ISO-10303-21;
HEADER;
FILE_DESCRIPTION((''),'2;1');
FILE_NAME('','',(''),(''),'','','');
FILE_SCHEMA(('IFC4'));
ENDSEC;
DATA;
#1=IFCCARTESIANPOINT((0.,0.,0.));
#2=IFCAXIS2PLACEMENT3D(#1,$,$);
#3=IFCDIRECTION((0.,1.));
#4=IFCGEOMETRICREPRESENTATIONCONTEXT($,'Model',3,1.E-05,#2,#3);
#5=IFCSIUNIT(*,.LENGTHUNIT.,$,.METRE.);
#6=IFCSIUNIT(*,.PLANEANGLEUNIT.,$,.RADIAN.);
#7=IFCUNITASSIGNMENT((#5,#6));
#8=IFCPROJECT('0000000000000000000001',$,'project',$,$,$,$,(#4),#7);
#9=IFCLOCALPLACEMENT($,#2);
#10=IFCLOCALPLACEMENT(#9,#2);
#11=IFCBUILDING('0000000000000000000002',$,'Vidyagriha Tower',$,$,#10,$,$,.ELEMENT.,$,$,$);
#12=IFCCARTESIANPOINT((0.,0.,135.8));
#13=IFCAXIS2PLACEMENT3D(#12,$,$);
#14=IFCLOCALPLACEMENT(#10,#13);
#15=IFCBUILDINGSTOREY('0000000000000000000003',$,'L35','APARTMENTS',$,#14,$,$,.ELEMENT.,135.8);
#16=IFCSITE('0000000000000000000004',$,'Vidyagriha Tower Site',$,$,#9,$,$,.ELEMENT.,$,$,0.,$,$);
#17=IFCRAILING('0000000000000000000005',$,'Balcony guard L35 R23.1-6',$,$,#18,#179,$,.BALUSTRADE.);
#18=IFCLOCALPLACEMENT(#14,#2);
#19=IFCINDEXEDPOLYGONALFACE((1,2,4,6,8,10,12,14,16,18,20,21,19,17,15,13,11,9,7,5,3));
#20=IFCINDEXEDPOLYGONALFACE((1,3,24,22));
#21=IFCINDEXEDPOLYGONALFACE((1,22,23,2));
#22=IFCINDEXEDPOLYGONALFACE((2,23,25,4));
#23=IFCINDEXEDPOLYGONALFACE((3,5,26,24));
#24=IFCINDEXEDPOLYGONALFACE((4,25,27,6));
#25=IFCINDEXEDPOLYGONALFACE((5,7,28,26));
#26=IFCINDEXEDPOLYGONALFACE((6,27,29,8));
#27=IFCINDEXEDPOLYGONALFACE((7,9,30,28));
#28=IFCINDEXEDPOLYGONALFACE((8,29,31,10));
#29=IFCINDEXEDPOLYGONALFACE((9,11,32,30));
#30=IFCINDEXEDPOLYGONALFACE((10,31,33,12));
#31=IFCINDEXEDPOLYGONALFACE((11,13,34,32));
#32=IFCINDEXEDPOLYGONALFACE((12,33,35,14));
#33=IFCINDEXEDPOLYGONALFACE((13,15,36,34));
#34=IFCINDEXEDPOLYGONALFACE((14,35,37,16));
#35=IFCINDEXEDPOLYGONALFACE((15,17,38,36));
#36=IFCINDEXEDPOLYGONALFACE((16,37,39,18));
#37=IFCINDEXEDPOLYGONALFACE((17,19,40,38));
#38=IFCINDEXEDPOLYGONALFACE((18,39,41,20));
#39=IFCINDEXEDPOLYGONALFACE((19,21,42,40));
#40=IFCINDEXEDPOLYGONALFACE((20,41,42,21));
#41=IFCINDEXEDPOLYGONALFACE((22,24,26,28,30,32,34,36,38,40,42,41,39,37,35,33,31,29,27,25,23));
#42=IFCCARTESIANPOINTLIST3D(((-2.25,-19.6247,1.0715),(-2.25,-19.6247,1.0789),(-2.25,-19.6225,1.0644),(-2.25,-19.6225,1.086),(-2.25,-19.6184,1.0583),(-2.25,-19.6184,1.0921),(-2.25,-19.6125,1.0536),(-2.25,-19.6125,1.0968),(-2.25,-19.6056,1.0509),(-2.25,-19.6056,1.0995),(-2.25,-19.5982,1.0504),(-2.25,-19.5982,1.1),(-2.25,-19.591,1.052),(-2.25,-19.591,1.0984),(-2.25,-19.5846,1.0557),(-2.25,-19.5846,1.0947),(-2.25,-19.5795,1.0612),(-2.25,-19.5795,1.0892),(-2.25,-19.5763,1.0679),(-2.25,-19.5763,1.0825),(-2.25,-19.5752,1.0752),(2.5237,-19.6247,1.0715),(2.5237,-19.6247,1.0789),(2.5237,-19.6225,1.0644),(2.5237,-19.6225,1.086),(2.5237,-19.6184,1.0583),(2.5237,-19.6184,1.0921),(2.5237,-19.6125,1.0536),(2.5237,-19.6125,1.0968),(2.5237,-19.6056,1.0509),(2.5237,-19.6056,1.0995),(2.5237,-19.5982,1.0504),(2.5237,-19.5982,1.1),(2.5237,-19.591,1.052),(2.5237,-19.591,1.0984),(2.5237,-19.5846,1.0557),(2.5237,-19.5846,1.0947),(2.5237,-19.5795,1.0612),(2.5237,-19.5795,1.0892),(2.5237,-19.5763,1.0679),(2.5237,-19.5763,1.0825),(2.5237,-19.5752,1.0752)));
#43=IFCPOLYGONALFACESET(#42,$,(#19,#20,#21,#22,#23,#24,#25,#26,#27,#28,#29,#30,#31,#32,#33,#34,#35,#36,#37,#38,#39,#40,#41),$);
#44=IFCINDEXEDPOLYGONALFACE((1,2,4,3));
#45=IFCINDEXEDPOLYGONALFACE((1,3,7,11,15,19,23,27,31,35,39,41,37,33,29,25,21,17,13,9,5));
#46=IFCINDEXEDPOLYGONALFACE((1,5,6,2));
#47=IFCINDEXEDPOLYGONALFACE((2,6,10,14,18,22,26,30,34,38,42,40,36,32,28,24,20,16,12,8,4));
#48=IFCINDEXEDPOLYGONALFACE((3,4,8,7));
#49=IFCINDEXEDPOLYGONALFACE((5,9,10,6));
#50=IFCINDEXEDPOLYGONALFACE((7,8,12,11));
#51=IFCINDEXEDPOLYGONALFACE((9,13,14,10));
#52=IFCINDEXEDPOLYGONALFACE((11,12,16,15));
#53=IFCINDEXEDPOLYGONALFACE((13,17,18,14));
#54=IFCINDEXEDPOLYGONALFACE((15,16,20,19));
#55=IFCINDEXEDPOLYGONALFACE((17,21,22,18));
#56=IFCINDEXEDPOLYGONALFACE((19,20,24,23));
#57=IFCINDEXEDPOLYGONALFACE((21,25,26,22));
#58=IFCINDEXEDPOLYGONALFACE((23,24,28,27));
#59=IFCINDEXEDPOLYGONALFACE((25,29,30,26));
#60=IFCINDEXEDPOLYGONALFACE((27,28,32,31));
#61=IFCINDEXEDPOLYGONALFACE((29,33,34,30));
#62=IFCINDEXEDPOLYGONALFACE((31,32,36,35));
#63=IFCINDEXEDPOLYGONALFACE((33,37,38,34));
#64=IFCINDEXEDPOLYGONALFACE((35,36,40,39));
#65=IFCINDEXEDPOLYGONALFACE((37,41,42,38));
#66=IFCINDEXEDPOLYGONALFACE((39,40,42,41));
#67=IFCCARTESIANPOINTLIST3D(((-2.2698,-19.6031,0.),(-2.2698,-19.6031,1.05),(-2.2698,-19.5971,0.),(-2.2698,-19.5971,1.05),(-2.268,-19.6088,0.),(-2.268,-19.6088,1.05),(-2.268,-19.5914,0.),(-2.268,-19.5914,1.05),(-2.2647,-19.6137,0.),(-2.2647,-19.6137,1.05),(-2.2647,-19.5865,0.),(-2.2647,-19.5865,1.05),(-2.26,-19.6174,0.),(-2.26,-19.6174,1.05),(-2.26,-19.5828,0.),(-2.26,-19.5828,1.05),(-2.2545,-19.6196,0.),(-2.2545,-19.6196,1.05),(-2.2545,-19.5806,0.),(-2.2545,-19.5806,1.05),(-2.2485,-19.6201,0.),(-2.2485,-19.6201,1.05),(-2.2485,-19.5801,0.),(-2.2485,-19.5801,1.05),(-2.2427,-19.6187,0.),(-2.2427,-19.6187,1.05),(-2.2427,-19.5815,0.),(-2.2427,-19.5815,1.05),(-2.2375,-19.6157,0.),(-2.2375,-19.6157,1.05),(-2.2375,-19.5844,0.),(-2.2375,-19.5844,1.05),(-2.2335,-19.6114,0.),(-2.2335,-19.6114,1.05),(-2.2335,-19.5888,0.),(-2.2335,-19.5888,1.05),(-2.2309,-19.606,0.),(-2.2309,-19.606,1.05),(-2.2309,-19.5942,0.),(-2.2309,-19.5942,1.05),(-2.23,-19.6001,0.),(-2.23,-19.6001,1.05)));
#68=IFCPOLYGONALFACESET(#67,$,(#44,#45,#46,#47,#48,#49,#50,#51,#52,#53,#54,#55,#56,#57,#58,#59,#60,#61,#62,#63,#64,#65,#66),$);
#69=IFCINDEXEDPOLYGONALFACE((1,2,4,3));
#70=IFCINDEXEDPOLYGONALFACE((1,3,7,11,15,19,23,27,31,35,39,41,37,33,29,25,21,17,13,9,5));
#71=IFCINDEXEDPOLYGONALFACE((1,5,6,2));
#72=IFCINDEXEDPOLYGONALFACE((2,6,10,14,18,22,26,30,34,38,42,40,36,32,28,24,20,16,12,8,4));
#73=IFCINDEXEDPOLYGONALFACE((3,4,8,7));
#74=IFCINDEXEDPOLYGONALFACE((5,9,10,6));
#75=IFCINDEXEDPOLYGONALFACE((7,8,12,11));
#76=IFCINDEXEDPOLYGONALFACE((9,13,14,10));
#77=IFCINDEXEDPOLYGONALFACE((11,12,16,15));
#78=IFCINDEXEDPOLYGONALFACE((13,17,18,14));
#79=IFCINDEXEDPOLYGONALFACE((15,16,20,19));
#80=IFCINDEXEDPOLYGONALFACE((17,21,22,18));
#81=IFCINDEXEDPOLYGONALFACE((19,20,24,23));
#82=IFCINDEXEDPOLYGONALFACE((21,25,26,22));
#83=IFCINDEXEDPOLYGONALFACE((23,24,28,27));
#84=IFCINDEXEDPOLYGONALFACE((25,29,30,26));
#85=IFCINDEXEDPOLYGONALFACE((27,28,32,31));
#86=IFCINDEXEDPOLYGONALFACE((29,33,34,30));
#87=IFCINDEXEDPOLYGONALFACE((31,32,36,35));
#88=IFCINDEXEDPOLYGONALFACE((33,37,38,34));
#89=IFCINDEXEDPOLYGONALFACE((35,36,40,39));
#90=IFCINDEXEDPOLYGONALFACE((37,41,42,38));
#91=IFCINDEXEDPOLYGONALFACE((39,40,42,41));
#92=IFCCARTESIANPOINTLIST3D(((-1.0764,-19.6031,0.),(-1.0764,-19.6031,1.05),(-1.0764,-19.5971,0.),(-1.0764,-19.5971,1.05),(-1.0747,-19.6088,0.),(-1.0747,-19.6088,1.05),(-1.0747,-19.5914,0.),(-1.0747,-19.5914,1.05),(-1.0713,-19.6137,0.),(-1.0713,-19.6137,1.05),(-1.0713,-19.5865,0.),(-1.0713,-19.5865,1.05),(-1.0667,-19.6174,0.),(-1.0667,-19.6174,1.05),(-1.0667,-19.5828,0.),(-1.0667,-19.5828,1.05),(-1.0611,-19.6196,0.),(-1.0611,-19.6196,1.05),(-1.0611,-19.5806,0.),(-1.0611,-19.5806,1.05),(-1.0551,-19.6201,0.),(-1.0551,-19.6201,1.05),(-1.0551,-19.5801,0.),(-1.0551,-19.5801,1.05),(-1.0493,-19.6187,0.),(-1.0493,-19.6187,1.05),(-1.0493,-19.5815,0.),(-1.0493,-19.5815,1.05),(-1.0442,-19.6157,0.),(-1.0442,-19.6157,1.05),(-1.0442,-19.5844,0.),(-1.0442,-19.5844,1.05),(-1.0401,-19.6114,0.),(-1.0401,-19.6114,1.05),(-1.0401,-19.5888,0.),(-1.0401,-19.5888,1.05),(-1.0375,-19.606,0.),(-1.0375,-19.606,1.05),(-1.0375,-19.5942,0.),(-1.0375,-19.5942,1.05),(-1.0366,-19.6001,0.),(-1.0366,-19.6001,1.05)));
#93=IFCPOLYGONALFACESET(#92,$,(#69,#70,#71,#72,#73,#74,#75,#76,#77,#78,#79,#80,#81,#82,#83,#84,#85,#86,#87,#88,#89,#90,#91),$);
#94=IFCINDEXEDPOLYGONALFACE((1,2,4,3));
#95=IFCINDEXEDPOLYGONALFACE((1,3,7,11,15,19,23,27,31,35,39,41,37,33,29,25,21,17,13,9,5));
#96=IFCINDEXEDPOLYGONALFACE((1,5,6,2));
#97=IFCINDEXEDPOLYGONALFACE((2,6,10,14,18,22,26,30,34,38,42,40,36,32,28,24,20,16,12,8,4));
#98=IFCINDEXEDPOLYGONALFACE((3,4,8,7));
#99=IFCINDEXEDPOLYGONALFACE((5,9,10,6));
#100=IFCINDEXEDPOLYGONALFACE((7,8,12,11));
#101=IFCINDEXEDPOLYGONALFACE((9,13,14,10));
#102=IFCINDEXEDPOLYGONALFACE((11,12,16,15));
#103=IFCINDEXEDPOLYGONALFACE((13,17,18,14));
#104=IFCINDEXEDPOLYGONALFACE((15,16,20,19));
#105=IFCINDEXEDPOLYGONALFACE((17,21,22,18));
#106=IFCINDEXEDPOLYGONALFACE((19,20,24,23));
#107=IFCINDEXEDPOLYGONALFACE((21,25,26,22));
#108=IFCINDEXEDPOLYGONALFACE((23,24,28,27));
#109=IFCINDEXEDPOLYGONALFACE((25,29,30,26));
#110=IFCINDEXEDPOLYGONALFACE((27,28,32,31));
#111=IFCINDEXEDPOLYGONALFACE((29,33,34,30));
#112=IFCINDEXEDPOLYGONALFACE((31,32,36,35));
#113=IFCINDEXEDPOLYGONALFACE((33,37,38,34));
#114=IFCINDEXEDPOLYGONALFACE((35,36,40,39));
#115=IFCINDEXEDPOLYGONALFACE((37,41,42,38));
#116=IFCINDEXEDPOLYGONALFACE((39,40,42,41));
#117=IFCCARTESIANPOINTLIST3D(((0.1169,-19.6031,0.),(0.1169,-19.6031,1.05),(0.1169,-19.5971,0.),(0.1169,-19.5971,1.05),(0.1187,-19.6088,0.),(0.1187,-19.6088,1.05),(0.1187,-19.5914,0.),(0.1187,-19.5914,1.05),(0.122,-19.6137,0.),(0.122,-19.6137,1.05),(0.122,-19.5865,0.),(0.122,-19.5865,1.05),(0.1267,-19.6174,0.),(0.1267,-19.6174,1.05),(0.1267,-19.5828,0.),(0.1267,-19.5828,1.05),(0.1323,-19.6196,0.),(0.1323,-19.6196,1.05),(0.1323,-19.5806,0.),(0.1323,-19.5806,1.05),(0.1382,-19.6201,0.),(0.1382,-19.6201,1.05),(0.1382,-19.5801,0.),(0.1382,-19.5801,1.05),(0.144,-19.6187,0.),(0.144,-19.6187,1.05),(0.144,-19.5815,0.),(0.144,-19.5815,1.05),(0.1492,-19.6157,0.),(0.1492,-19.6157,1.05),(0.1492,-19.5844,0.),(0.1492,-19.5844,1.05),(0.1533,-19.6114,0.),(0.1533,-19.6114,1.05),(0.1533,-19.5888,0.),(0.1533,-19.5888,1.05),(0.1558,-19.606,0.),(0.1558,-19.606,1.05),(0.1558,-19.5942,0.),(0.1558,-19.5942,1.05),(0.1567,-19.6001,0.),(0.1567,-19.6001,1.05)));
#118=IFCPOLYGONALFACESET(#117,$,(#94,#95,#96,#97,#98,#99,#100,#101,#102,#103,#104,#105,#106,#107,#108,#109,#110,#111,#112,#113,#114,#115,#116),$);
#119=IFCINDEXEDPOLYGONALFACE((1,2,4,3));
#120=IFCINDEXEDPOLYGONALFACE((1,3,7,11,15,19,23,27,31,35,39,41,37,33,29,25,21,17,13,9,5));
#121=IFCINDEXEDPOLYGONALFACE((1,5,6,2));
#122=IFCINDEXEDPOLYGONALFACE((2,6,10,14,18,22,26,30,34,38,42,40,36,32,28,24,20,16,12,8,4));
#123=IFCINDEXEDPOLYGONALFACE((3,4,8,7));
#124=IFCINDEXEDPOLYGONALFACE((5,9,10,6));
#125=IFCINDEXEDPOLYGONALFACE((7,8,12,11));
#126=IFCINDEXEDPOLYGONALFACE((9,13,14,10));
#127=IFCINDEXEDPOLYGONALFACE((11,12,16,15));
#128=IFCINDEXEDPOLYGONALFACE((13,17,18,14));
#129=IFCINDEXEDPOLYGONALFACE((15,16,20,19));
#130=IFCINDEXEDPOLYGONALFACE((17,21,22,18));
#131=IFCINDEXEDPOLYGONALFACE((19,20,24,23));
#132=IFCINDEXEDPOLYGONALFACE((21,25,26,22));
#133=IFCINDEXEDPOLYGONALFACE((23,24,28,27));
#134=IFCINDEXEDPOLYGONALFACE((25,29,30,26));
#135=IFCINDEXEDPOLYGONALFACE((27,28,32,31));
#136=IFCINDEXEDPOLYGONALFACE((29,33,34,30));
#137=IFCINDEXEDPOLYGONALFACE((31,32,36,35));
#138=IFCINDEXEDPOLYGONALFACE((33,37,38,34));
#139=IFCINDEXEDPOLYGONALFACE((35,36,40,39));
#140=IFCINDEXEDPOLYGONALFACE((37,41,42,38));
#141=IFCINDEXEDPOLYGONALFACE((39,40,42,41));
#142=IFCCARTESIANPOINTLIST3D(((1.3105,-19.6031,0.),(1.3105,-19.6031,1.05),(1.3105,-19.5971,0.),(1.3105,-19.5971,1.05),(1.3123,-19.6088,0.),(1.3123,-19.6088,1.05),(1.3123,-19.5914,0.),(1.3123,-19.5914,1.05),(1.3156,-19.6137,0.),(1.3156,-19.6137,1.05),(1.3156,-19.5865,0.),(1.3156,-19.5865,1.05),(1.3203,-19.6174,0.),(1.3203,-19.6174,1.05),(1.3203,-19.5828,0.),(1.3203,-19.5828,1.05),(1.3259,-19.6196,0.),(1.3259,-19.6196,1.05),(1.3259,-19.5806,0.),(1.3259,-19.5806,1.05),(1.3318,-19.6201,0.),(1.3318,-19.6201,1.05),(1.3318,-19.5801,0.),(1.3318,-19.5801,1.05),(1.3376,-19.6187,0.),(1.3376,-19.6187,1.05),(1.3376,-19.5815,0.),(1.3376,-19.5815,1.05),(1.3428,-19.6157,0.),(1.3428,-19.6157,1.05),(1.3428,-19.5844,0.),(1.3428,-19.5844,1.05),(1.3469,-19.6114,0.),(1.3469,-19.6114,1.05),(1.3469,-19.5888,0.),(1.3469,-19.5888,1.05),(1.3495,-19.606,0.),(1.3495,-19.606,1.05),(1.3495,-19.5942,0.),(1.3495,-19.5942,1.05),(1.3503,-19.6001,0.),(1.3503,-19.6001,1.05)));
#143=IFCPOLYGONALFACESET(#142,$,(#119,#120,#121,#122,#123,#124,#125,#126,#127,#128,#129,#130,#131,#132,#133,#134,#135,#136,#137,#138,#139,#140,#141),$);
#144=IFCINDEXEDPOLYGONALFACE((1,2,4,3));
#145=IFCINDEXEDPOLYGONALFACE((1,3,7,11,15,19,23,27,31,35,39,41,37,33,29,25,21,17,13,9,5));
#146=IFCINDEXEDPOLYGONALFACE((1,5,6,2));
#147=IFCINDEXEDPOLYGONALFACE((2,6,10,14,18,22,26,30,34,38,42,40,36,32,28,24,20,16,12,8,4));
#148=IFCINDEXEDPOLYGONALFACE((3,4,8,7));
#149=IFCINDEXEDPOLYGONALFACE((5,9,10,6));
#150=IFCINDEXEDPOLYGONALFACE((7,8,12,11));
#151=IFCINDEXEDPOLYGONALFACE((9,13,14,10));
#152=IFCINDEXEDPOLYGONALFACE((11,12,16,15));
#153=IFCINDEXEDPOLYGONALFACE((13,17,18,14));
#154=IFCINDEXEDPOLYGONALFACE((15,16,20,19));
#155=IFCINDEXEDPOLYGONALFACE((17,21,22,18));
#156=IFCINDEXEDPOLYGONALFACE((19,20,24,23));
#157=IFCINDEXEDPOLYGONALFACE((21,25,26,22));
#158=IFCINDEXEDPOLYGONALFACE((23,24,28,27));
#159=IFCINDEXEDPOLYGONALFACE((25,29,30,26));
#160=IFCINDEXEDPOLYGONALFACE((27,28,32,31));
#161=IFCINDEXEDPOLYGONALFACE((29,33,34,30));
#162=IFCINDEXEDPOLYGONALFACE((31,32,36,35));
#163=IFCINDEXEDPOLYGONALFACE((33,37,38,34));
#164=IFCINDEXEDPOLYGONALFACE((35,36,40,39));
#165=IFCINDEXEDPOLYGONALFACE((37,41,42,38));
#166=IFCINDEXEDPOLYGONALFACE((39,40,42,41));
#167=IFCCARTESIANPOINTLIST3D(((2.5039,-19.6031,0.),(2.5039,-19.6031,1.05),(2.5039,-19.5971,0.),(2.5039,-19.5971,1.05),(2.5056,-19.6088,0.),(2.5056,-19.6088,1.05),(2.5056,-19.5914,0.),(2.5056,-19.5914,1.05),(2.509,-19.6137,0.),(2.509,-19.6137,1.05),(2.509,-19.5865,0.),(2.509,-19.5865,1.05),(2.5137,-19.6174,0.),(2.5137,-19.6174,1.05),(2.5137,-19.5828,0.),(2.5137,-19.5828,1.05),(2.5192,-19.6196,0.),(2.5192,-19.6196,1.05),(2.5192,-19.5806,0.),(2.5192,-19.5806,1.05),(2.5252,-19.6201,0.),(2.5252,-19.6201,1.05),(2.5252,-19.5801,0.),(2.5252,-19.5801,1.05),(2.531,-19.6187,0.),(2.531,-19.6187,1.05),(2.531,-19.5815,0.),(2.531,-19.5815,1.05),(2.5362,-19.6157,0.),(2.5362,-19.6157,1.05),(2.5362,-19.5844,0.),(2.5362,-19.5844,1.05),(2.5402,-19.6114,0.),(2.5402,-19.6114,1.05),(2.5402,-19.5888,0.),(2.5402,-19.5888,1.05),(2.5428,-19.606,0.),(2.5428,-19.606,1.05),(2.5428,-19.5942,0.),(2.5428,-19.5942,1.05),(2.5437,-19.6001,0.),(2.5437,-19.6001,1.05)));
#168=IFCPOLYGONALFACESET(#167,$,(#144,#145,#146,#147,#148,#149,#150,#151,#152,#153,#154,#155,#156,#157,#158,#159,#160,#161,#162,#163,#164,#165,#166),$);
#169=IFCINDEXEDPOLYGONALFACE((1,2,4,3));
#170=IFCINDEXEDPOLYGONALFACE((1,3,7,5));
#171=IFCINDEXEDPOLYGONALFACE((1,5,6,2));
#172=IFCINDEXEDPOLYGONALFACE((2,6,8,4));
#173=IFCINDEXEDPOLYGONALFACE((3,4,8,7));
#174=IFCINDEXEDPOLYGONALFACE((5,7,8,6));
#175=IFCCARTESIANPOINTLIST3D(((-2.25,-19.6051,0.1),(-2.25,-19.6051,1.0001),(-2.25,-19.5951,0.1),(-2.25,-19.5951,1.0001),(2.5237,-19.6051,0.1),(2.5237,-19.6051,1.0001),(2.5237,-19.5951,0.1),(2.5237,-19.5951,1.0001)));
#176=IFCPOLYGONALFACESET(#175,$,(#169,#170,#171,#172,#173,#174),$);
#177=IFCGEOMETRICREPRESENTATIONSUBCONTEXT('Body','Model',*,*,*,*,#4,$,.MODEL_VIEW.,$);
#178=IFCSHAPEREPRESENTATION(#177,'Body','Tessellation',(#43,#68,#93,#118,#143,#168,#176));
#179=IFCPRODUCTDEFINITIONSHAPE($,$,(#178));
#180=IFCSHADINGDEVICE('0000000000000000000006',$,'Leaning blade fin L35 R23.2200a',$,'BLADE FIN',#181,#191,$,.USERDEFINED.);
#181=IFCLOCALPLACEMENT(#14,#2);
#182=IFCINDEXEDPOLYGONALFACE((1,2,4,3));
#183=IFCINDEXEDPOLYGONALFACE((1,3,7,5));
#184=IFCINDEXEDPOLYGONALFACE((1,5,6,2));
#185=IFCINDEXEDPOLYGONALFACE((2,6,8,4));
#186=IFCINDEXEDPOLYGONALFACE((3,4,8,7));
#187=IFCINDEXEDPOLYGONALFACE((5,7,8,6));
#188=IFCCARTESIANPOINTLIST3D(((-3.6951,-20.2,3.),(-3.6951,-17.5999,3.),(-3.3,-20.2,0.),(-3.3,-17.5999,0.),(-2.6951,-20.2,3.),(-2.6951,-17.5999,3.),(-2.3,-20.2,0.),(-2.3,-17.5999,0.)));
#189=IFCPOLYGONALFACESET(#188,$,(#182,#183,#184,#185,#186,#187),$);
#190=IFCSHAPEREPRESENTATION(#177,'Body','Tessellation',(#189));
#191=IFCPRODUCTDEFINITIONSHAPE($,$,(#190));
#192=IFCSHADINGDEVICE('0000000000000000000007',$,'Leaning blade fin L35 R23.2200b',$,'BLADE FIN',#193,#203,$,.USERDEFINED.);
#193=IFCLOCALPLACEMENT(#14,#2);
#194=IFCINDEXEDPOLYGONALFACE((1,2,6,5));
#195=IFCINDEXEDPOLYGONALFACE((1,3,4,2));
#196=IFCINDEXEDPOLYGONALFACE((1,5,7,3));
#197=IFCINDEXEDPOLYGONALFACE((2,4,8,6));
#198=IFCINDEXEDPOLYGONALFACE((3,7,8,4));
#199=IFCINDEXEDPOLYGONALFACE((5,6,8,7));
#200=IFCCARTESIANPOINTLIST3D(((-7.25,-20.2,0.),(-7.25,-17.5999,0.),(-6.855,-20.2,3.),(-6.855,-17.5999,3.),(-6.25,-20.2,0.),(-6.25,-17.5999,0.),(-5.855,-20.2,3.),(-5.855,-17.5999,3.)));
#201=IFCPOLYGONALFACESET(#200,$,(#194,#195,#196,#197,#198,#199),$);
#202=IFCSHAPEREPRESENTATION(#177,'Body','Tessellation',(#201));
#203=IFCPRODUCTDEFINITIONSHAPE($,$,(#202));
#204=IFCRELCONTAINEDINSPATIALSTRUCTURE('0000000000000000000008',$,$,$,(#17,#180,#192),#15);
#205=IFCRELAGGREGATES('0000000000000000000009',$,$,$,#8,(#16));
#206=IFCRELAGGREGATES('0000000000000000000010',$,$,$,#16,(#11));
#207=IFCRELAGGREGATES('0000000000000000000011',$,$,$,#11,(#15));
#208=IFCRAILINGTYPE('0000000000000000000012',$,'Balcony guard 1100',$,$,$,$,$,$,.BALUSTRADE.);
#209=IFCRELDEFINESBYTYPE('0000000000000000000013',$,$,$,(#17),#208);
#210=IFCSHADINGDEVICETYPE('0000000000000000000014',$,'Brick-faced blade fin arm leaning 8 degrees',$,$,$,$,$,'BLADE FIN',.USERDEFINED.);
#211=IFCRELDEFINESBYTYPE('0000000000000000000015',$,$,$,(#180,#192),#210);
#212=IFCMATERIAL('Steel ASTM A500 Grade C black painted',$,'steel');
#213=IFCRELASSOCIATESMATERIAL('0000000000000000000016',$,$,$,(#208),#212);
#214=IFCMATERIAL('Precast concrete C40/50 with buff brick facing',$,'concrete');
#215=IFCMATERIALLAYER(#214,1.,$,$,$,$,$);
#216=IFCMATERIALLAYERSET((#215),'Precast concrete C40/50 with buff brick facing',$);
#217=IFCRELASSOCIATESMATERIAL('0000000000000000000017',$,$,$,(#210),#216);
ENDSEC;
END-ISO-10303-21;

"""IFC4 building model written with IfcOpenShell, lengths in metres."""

from ifc_helpers import new_model, si_unit, direction, frame, origin, origin_2d, place, context, subcontext, project, spatial, polyline, rectangle, circle, outline, extrude, material, layer, layer_set, type_object, element, save


model = new_model("IFC4")

# Units and contexts
model_context = context("Model", 3, precision=1e-05, world=origin(), true_north=direction((0.0, 1.0)))
body_context = subcontext(model_context, "Body", "Model", "MODEL_VIEW")
ifc_project = project(units=[si_unit("LENGTHUNIT", "METRE"), si_unit("PLANEANGLEUNIT", "RADIAN")], contexts=[model_context])

# Site, building, storey
site_placement = place(None, origin())
site = spatial("IfcSite", under=ifc_project, at=site_placement, Name="Vidyagriha Tower Site", CompositionType="ELEMENT", RefElevation=0.0)
building_placement = place(site_placement, origin())
building = spatial("IfcBuilding", under=site, at=building_placement, Name="Vidyagriha Tower", CompositionType="ELEMENT")
storey_placement = place(building_placement, frame((0.0, 0.0, 135.8)))
storey = spatial("IfcBuildingStorey", under=building, at=storey_placement, Name="L35", Description="APARTMENTS", CompositionType="ELEMENT", Elevation=135.8)

# Railing
ifc_material_1 = material(Name="Steel ASTM A500 Grade C black painted", Category="steel")
railing_type = type_object("IfcRailingType", Name="Balcony guard 1100", PredefinedType="BALUSTRADE", material=ifc_material_1)
railing_1_placement = place(storey_placement, frame((-2.25, -19.6001, 0.0)))
element("IfcRailing", 1, at=railing_1_placement, inside=storey, type_object=railing_type, Name="Balcony guard L35 R23.1-6", PredefinedType="BALUSTRADE", context=body_context, shape_type="SweptSolid", body=[
    extrude(circle(Radius=0.0249, at=origin_2d()), frame((0.0, 0.0, 1.0752), z_axis=(1.0, 0.0, 0.0), x_axis=(0.0, 1.0, 0.0)), (0.0, 0.0, 1.0), 4.7737),
    extrude(circle(Radius=0.02, at=origin_2d()), origin(), (0.0, 0.0, 1.0), 1.05),
    extrude(circle(Radius=0.02, at=origin_2d()), frame((1.1934, 0.0, 0.0)), (0.0, 0.0, 1.0), 1.05),
    extrude(circle(Radius=0.02, at=origin_2d()), frame((2.3867, 0.0, 0.0)), (0.0, 0.0, 1.0), 1.05),
    extrude(circle(Radius=0.02, at=origin_2d()), frame((3.5803, 0.0, 0.0)), (0.0, 0.0, 1.0), 1.05),
    extrude(circle(Radius=0.02, at=origin_2d()), frame((4.7737, 0.0, 0.0)), (0.0, 0.0, 1.0), 1.05),
    extrude(rectangle(XDim=0.01, YDim=0.9001, at=origin_2d()), frame((0.0, 0.0, 0.55), z_axis=(1.0, 0.0, 0.0), x_axis=(0.0, 1.0, 0.0)), (0.0, 0.0, 1.0), 4.7737),
])

# Shading devices
ifc_material_2 = material(Name="Precast concrete C40/50 with buff brick facing", Category="concrete")
ifc_layer_1 = layer(ifc_material_2, 1.0)
ifc_layer_set_1 = layer_set([ifc_layer_1], Name="Precast concrete C40/50 with buff brick facing")
shading_device_type = type_object("IfcShadingDeviceType", Name="Brick-faced blade fin arm leaning 8 degrees", ElementType="BLADE FIN", PredefinedType="USERDEFINED", material=ifc_layer_set_1)
shading_device_1_placement = place(storey_placement, frame((-3.6951, -18.8999, 0.0)))
element("IfcShadingDevice", 2, at=shading_device_1_placement, inside=storey, type_object=shading_device_type, Name="Leaning blade fin L35 R23.2200a", ObjectType="BLADE FIN", PredefinedType="USERDEFINED", context=body_context, shape_type="SweptSolid", body=[
    extrude(outline(polyline([(0.395, 0.0), (1.395, 0.0), (1.0, 3.0), (0.0, 3.0), (0.395, 0.0)])), frame((0.0, 1.3, 0.0), z_axis=(0.0, -1.0, 0.0), x_axis=(1.0, 0.0, 0.0)), (0.0, 0.0, 1.0), 2.6001),
])
shading_device_2_placement = place(storey_placement, frame((-7.25, -18.8999, 0.0)))
element("IfcShadingDevice", 3, at=shading_device_2_placement, inside=storey, type_object=shading_device_type, Name="Leaning blade fin L35 R23.2200b", ObjectType="BLADE FIN", PredefinedType="USERDEFINED", context=body_context, shape_type="SweptSolid", body=[
    extrude(outline(polyline([(0.0, 0.0), (1.0, 0.0), (1.395, 3.0), (0.395, 3.0), (0.0, 0.0)])), frame((0.0, 1.3, 0.0), z_axis=(0.0, -1.0, 0.0), x_axis=(1.0, 0.0, 0.0)), (0.0, 0.0, 1.0), 2.6001),
])

save(model, "model.ifc")
